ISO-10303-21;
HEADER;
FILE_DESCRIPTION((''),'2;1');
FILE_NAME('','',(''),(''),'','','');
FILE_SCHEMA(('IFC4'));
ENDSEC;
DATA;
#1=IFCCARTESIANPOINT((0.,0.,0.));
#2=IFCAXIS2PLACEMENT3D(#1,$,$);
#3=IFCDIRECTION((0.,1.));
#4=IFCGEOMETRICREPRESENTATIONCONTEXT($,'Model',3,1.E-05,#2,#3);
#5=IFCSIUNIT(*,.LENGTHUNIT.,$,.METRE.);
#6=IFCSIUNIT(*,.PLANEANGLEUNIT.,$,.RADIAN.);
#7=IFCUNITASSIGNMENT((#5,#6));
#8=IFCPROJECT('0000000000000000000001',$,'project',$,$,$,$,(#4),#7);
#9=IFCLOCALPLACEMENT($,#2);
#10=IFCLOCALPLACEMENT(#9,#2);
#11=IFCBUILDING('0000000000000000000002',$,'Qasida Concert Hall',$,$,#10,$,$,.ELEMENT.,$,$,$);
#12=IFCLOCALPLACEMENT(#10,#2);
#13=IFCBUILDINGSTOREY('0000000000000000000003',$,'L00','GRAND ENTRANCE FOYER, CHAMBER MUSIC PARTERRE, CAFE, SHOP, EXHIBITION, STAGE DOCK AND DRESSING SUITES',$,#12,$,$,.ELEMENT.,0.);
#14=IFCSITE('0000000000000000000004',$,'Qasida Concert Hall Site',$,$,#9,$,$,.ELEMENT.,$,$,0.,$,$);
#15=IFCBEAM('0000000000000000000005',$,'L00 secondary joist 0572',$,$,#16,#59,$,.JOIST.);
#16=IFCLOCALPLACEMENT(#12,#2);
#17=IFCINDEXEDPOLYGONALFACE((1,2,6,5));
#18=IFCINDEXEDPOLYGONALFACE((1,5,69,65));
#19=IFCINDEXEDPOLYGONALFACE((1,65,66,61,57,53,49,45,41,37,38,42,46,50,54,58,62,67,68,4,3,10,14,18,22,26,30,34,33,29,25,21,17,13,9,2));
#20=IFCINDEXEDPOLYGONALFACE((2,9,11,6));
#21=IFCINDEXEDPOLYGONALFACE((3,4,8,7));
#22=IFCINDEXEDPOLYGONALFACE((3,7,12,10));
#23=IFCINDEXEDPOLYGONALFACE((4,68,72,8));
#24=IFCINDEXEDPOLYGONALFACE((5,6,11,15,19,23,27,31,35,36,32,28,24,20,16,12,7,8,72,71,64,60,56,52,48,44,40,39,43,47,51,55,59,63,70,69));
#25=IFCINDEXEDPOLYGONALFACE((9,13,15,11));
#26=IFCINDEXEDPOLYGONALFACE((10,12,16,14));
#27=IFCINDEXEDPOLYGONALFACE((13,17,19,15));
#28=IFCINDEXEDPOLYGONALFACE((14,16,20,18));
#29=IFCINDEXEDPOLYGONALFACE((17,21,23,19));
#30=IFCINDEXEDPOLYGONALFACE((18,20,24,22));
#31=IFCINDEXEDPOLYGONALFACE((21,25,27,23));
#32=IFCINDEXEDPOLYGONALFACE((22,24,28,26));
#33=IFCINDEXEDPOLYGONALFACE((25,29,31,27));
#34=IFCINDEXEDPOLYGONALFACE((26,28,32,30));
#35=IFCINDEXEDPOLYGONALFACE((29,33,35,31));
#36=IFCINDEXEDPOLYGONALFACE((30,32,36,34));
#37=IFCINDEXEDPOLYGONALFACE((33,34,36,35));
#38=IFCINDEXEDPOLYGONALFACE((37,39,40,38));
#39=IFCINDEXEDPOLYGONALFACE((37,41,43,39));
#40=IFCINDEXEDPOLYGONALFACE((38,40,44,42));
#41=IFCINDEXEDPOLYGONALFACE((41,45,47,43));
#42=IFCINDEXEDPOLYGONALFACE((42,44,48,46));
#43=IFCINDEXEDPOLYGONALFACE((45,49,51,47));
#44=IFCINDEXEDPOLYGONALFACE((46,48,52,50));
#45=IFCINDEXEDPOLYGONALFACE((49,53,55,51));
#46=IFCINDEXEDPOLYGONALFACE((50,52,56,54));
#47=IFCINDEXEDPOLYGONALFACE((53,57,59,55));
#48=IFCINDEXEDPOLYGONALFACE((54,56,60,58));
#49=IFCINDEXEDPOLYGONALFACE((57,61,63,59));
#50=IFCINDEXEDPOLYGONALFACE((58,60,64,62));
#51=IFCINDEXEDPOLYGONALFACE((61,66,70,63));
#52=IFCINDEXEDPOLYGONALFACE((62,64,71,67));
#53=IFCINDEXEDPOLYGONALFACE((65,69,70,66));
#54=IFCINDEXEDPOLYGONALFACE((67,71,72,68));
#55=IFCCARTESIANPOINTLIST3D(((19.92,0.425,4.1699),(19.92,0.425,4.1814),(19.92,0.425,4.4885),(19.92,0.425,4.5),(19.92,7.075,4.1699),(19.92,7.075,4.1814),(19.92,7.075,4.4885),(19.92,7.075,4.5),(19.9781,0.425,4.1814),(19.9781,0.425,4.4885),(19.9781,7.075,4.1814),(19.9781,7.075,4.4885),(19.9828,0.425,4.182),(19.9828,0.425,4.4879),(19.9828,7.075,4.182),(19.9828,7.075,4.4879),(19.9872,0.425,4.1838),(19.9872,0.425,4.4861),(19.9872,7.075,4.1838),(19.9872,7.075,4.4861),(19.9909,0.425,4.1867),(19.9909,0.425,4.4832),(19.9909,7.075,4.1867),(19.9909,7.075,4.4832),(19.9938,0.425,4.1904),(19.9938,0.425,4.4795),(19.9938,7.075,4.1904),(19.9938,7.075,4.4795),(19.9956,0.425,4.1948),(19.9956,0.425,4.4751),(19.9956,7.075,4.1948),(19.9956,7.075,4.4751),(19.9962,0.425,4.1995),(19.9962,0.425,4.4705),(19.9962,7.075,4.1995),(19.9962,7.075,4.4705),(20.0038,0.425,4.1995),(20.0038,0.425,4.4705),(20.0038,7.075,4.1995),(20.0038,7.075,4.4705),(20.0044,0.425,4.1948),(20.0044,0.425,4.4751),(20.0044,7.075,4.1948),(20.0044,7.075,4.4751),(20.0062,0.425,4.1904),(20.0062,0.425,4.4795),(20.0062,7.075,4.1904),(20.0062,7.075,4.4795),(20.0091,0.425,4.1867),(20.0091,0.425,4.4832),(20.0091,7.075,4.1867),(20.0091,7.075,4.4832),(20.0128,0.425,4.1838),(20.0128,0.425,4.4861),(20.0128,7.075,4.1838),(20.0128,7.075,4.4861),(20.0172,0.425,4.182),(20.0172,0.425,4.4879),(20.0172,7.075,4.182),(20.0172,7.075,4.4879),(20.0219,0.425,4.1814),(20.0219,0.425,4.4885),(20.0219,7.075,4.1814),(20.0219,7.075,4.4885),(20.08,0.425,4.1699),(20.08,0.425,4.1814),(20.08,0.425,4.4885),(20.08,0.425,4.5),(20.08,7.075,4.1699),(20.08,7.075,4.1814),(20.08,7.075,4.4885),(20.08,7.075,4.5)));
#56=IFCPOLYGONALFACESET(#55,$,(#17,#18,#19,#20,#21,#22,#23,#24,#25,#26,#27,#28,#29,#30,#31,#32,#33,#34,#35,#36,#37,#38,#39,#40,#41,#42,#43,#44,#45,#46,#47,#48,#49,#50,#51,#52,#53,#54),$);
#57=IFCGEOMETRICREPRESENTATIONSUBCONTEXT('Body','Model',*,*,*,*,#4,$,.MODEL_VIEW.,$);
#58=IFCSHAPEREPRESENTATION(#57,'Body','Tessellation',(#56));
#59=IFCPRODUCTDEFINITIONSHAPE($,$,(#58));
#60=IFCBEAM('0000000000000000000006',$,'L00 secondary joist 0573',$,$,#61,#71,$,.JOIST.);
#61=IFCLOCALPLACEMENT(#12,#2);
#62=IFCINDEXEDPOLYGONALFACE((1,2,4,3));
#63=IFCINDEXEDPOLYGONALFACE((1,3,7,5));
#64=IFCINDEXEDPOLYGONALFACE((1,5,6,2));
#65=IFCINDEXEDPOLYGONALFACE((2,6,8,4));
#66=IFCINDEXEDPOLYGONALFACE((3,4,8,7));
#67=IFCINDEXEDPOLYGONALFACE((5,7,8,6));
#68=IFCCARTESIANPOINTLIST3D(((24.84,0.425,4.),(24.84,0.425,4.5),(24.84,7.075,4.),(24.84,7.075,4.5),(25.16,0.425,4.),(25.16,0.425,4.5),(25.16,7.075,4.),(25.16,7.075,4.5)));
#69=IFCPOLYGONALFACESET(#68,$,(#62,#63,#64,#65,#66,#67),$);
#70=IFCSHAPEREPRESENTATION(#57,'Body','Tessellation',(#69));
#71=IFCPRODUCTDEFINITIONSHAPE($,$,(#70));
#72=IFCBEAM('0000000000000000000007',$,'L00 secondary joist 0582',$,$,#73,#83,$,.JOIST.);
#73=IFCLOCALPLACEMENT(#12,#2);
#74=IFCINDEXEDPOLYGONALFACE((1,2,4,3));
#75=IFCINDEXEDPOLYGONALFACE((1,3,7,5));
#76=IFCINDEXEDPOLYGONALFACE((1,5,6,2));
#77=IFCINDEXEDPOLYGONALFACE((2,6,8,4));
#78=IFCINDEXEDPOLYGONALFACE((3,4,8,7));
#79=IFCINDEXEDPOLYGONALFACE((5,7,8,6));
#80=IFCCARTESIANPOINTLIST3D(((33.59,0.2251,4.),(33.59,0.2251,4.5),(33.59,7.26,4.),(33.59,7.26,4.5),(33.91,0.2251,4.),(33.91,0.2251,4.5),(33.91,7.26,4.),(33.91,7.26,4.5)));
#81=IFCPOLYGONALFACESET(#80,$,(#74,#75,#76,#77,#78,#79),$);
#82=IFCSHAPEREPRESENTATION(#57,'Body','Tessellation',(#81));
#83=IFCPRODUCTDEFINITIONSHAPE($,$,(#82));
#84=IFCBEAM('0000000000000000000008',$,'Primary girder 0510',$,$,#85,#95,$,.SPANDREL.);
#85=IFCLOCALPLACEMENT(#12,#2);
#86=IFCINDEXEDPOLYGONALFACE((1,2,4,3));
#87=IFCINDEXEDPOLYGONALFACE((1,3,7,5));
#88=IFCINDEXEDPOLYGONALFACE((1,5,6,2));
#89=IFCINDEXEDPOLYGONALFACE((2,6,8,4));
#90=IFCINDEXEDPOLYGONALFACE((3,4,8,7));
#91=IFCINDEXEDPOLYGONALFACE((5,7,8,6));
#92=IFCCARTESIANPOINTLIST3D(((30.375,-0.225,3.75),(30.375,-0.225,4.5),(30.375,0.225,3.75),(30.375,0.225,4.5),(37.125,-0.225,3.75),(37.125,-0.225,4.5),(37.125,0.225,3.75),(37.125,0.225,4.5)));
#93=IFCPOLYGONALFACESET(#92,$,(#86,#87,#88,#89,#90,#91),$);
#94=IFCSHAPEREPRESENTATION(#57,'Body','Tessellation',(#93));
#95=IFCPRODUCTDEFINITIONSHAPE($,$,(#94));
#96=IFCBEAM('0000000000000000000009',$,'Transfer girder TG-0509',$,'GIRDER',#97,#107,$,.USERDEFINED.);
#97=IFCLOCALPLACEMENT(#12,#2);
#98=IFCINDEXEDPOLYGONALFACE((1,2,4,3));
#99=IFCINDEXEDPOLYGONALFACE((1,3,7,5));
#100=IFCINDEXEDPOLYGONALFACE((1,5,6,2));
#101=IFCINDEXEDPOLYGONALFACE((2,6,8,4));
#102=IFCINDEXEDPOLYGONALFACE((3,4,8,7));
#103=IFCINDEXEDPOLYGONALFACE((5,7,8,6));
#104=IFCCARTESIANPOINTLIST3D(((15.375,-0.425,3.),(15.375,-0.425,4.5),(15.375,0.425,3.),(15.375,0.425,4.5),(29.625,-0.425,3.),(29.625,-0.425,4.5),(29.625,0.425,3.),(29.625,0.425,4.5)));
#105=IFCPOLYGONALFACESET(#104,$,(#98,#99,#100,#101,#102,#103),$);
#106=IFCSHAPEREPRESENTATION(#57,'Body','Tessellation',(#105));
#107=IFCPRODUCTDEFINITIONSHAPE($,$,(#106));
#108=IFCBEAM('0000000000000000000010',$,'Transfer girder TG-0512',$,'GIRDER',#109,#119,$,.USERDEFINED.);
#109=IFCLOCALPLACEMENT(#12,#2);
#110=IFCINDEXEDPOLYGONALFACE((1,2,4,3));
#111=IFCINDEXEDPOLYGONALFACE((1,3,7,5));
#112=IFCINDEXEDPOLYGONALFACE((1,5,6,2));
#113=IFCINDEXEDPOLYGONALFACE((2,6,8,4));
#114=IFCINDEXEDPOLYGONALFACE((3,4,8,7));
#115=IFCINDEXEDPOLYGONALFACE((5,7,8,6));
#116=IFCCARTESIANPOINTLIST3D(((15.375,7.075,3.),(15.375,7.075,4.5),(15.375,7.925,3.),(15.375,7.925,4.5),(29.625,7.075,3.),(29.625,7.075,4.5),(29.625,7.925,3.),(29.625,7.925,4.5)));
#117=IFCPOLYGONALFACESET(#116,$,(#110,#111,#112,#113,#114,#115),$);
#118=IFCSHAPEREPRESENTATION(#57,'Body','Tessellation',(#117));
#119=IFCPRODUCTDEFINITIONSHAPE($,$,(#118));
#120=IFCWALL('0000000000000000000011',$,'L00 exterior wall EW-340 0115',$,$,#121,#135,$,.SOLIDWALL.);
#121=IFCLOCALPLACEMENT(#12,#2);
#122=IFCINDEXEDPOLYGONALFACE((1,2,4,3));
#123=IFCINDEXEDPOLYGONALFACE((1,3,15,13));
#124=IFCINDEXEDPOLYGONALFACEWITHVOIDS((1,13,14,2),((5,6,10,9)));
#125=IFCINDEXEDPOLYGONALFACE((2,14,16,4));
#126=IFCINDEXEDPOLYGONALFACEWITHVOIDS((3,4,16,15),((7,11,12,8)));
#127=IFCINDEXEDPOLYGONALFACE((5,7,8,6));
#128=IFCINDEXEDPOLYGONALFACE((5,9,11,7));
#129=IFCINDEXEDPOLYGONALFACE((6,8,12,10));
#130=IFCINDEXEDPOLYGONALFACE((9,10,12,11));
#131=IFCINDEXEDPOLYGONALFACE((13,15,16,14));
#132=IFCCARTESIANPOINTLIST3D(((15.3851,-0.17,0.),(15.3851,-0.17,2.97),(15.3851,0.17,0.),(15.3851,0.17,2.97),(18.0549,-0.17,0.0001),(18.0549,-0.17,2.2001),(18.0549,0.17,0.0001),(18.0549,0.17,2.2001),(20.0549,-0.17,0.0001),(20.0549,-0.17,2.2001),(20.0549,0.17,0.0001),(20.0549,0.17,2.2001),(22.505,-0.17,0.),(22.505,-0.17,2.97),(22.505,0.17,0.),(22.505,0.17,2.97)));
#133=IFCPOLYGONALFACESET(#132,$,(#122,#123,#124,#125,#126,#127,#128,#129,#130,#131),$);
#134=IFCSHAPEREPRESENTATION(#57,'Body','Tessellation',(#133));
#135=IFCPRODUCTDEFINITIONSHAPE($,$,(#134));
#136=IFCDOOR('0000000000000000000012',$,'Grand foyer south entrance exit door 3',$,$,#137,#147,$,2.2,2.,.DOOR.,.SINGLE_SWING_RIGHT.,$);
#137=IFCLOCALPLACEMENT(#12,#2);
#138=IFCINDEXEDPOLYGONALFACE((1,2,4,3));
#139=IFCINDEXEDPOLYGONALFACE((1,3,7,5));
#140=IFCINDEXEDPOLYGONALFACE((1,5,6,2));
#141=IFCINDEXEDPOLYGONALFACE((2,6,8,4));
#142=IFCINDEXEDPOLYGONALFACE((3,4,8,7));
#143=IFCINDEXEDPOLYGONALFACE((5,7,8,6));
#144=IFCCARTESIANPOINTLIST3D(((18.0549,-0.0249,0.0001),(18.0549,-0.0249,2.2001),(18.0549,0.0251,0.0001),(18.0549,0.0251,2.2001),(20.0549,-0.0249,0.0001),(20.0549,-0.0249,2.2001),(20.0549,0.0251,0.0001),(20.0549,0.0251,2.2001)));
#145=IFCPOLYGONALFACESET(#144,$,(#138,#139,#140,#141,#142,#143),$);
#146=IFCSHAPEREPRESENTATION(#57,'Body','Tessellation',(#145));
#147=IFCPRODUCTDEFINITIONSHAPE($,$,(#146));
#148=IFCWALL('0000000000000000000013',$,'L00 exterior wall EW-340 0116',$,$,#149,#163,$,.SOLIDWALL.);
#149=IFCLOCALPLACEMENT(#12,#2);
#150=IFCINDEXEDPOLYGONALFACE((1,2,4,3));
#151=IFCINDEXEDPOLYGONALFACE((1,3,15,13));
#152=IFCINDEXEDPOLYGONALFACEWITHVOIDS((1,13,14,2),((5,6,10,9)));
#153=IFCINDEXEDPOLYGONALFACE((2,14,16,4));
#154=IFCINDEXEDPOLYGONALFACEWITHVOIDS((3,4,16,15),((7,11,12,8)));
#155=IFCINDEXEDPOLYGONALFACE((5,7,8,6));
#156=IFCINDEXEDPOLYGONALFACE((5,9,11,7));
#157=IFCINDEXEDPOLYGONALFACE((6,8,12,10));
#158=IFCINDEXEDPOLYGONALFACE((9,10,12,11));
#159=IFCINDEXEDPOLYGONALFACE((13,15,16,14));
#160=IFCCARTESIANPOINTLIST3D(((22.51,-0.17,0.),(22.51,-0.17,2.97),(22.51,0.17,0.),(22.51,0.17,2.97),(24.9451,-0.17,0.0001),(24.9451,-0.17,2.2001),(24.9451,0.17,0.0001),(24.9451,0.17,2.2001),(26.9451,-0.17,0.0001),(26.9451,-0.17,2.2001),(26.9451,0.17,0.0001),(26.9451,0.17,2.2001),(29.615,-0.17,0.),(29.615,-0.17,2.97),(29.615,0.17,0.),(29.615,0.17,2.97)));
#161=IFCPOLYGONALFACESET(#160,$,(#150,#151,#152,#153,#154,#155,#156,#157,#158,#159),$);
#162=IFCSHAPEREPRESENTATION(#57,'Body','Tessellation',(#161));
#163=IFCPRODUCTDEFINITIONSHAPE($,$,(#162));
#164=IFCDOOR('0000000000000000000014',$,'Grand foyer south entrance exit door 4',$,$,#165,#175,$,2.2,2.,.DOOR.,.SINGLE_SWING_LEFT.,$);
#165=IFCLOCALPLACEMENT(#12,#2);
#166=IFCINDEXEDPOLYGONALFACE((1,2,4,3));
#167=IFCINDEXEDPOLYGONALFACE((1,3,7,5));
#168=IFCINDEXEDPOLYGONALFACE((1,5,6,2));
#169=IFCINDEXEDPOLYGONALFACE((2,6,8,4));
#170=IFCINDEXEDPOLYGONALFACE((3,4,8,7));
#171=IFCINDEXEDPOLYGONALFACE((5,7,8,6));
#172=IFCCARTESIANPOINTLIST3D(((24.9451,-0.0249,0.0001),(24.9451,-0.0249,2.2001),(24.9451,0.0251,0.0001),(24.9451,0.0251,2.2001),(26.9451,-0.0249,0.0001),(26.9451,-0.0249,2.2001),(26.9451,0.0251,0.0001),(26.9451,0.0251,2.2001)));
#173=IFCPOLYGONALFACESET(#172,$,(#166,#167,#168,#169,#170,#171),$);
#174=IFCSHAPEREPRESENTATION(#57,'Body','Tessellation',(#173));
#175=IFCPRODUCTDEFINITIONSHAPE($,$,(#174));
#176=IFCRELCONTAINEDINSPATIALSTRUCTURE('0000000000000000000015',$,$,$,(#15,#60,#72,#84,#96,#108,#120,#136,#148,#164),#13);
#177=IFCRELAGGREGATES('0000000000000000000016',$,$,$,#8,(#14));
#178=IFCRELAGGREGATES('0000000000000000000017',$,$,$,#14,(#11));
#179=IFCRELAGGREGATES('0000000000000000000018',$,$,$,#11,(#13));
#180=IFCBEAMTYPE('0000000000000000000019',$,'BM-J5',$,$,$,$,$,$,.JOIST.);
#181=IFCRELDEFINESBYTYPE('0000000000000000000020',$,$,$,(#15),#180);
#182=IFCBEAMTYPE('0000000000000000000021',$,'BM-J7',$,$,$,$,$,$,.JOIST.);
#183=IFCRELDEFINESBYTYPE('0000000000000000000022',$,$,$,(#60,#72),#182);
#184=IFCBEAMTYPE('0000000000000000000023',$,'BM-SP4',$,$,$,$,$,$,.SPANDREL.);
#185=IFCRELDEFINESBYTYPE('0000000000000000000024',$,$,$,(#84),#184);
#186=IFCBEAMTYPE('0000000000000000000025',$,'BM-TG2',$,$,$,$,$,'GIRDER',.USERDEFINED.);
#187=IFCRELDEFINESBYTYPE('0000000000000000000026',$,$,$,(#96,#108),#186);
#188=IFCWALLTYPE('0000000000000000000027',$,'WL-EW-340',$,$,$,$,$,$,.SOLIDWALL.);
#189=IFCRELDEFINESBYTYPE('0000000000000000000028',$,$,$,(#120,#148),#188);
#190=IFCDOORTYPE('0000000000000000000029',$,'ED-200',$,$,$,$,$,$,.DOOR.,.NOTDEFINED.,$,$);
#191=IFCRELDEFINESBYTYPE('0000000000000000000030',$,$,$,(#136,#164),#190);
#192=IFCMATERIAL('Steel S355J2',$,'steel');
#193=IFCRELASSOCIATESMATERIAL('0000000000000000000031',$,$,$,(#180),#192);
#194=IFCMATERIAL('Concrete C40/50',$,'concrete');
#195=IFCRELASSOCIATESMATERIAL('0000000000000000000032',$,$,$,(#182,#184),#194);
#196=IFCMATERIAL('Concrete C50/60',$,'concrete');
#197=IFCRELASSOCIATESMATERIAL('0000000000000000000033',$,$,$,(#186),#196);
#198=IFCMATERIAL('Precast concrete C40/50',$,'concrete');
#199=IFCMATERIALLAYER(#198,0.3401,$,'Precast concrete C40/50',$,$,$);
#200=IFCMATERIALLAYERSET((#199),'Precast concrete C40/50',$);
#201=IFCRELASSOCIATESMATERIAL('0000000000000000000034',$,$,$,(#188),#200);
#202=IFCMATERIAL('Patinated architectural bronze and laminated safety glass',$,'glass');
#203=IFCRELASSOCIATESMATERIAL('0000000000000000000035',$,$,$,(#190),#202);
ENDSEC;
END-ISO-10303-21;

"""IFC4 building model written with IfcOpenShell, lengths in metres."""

from ifc_helpers import new_model, si_unit, direction, frame, frame_2d, origin, origin_2d, place, context, subcontext, project, spatial, rectangle, i_section, extrude, material, layer, layer_set, material_profile, profile_set, type_object, element, fill, save


model = new_model("IFC4")

# Units and contexts
model_context = context("Model", 3, precision=1e-05, world=origin(), true_north=direction((0.0, 1.0)))
body_context = subcontext(model_context, "Body", "Model", "MODEL_VIEW")
ifc_project = project(units=[si_unit("LENGTHUNIT", "METRE"), si_unit("PLANEANGLEUNIT", "RADIAN")], contexts=[model_context])

# Site, building, storey
site_placement = place(None, origin())
site = spatial("IfcSite", under=ifc_project, at=site_placement, Name="Qasida Concert Hall Site", CompositionType="ELEMENT", RefElevation=0.0)
building_placement = place(site_placement, origin())
building = spatial("IfcBuilding", under=site, at=building_placement, Name="Qasida Concert Hall", CompositionType="ELEMENT")
storey_placement = place(building_placement, origin())
storey = spatial("IfcBuildingStorey", under=building, at=storey_placement, Name="L00", Description="GRAND ENTRANCE FOYER, CHAMBER MUSIC PARTERRE, CAFE, SHOP, EXHIBITION, STAGE DOCK AND DRESSING SUITES", CompositionType="ELEMENT", Elevation=0.0)

# Shared definitions
ifc_material_1 = material(Name="Concrete C50/60", Category="concrete")

# Beams
ifc_material_2 = material(Name="Steel S355J2", Category="steel")
ifc_material_3 = material(Name="Concrete C40/50", Category="concrete")
ifc_material_profile_1 = material_profile(ifc_material_2, i_section(OverallWidth=0.1599, OverallDepth=0.3301, WebThickness=0.0076, FlangeThickness=0.0115, FilletRadius=0.0181, at=origin_2d()), Name="IPE 330")
ifc_profile_set_1 = profile_set([ifc_material_profile_1], Name="Steel S355J2")
beam_type_1 = type_object("IfcBeamType", Name="BM-J5", PredefinedType="JOIST", material=ifc_profile_set_1)
beam_1_placement = place(storey_placement, frame((20.0, 0.425, 4.335), z_axis=(0.0, 1.0, 0.0), x_axis=(-1.0, 0.0, 0.0)))
element("IfcBeam", 1, at=beam_1_placement, inside=storey, type_object=beam_type_1, Name="L00 secondary joist 0572", PredefinedType="JOIST", context=body_context, shape_type="SweptSolid", body=[
    extrude(i_section(OverallWidth=0.1599, OverallDepth=0.3301, WebThickness=0.0076, FlangeThickness=0.0115, FilletRadius=0.0181, at=origin_2d()), origin(), (0.0, 0.0, 1.0), 6.6499),
])
ifc_material_profile_2 = material_profile(ifc_material_3, rectangle(XDim=0.3201, YDim=0.5, at=origin_2d()), Name="RC 320x500")
ifc_profile_set_2 = profile_set([ifc_material_profile_2], Name="Concrete C40/50")
beam_type_2 = type_object("IfcBeamType", Name="BM-J7", PredefinedType="JOIST", material=ifc_profile_set_2)
beam_2_placement = place(storey_placement, frame((25.0, 0.425, 4.25), z_axis=(0.0, 1.0, 0.0), x_axis=(-1.0, 0.0, 0.0)))
element("IfcBeam", 2, at=beam_2_placement, inside=storey, type_object=beam_type_2, Name="L00 secondary joist 0573", PredefinedType="JOIST", context=body_context, shape_type="SweptSolid", body=[
    extrude(rectangle(XDim=0.3201, YDim=0.5, at=origin_2d()), origin(), (0.0, 0.0, 1.0), 6.6499),
])
beam_3_placement = place(storey_placement, frame((33.75, 0.2251, 4.25), z_axis=(0.0, 1.0, 0.0), x_axis=(-1.0, 0.0, 0.0)))
element("IfcBeam", 3, at=beam_3_placement, inside=storey, type_object=beam_type_2, Name="L00 secondary joist 0582", PredefinedType="JOIST", context=body_context, shape_type="SweptSolid", body=[
    extrude(rectangle(XDim=0.3201, YDim=0.5, at=origin_2d()), origin(), (0.0, 0.0, 1.0), 7.0349),
])
ifc_material_profile_3 = material_profile(ifc_material_3, rectangle(XDim=0.45, YDim=0.75, at=origin_2d()), Name="RC 450x750")
ifc_profile_set_3 = profile_set([ifc_material_profile_3], Name="Concrete C40/50")
beam_type_3 = type_object("IfcBeamType", Name="BM-SP4", PredefinedType="SPANDREL", material=ifc_profile_set_3)
beam_4_placement = place(storey_placement, frame((30.375, 0.0, 4.125), z_axis=(1.0, 0.0, 0.0), x_axis=(0.0, 1.0, 0.0)))
element("IfcBeam", 4, at=beam_4_placement, inside=storey, type_object=beam_type_3, Name="Primary girder 0510", PredefinedType="SPANDREL", context=body_context, shape_type="SweptSolid", body=[
    extrude(rectangle(XDim=0.45, YDim=0.75, at=origin_2d()), origin(), (0.0, 0.0, 1.0), 6.75),
])
ifc_material_profile_4 = material_profile(ifc_material_1, rectangle(XDim=0.8501, YDim=1.5, at=origin_2d()), Name="RC 850x1500")
ifc_profile_set_4 = profile_set([ifc_material_profile_4], Name="Concrete C50/60")
beam_type_4 = type_object("IfcBeamType", Name="BM-TG2", ElementType="GIRDER", PredefinedType="USERDEFINED", material=ifc_profile_set_4)
for number, where, z_axis, x_axis, name in (
    (5, (15.375, 0.0, 3.75), (1.0, 0.0, 0.0), (0.0, 1.0, 0.0), "Transfer girder TG-0509"),
    (6, (15.375, 7.5, 3.75), (1.0, 0.0, 0.0), (0.0, 1.0, 0.0), "Transfer girder TG-0512"),
):
    element("IfcBeam", number, at=place(storey_placement, frame(where, z_axis=z_axis, x_axis=x_axis)), inside=storey, type_object=beam_type_4, Name=name, ObjectType="GIRDER", PredefinedType="USERDEFINED", context=body_context, shape_type="SweptSolid", body=[
        extrude(rectangle(XDim=0.8501, YDim=1.5, at=origin_2d()), origin(), (0.0, 0.0, 1.0), 14.25),
    ])

# Walls, openings, doors
ifc_material_4 = material(Name="Precast concrete C40/50", Category="concrete")
ifc_layer_1 = layer(ifc_material_4, 0.3401, Name="Precast concrete C40/50")
ifc_layer_set_1 = layer_set([ifc_layer_1], Name="Precast concrete C40/50")
wall_type_1 = type_object("IfcWallType", Name="WL-EW-340", PredefinedType="SOLIDWALL", material=ifc_layer_set_1)
wall_1_placement = place(storey_placement, frame((15.385, 0.0, 0.0), z_axis=(0.0, 0.0, 1.0), x_axis=(1.0, 0.0, 0.0)))
wall_1 = element("IfcWall", 7, at=wall_1_placement, inside=storey, type_object=wall_type_1, Name="L00 exterior wall EW-340 0115", PredefinedType="SOLIDWALL", context=body_context, shape_type="SweptSolid", body=[
    extrude(rectangle(XDim=7.1199, YDim=0.3401, at=frame_2d((3.5601, 0.0))), origin(), (0.0, 0.0, 1.0), 2.97),
])
opening_1_placement = place(wall_1_placement, frame((2.6699, 0.0, 0.0)))
opening_1 = element("IfcOpeningElement", 8, at=opening_1_placement, cuts=wall_1, PredefinedType="OPENING", context=body_context, shape_type="SweptSolid", body=[
    extrude(rectangle(XDim=2.0, YDim=2.2, at=frame_2d((1.0, 1.1001))), frame((0.0, 0.1799, 0.0), z_axis=(0.0, -1.0, 0.0), x_axis=(1.0, 0.0, 0.0)), (0.0, 0.0, 1.0), 0.3601),
])
ifc_material_5 = material(Name="Patinated architectural bronze and laminated safety glass", Category="glass")
door_type_1 = type_object("IfcDoorType", Name="ED-200", OperationType="NOTDEFINED", PredefinedType="DOOR", material=ifc_material_5)
door_1_placement = place(opening_1_placement, frame((2.0, 0.0, 0.0), z_axis=(0.0, 0.0, 1.0), x_axis=(-1.0, 0.0, 0.0)))
door_1 = element("IfcDoor", 9, at=door_1_placement, inside=storey, type_object=door_type_1, Name="Grand foyer south entrance exit door 3", OperationType="SINGLE_SWING_RIGHT", OverallHeight=2.2, OverallWidth=2.0, PredefinedType="DOOR", context=body_context, shape_type="SweptSolid", body=[
    extrude(rectangle(XDim=2.0, YDim=2.2, at=frame_2d((1.0, 1.1001))), frame((0.0, 0.0249, 0.0), z_axis=(0.0, -1.0, 0.0), x_axis=(1.0, 0.0, 0.0)), (0.0, 0.0, 1.0), 0.05),
])
fill(opening_1, door_1)
wall_2_placement = place(storey_placement, frame((22.51, 0.0, 0.0), z_axis=(0.0, 0.0, 1.0), x_axis=(1.0, 0.0, 0.0)))
wall_2 = element("IfcWall", 10, at=wall_2_placement, inside=storey, type_object=wall_type_1, Name="L00 exterior wall EW-340 0116", PredefinedType="SOLIDWALL", context=body_context, shape_type="SweptSolid", body=[
    extrude(rectangle(XDim=7.105, YDim=0.3401, at=frame_2d((3.5525, 0.0))), origin(), (0.0, 0.0, 1.0), 2.97),
])
opening_2_placement = place(wall_2_placement, frame((2.4351, 0.0, 0.0)))
opening_2 = element("IfcOpeningElement", 11, at=opening_2_placement, cuts=wall_2, PredefinedType="OPENING", context=body_context, shape_type="SweptSolid", body=[
    extrude(rectangle(XDim=2.0, YDim=2.2, at=frame_2d((1.0, 1.1001))), frame((0.0, 0.1799, 0.0), z_axis=(0.0, -1.0, 0.0), x_axis=(1.0, 0.0, 0.0)), (0.0, 0.0, 1.0), 0.3601),
])
door_2_placement = place(opening_2_placement, frame((2.0, 0.0, 0.0), z_axis=(0.0, 0.0, 1.0), x_axis=(-1.0, 0.0, 0.0)))
door_2 = element("IfcDoor", 12, at=door_2_placement, inside=storey, type_object=door_type_1, Name="Grand foyer south entrance exit door 4", OperationType="SINGLE_SWING_LEFT", OverallHeight=2.2, OverallWidth=2.0, PredefinedType="DOOR", context=body_context, shape_type="SweptSolid", body=[
    extrude(rectangle(XDim=2.0, YDim=2.2, at=frame_2d((1.0, 1.1001))), frame((0.0, 0.0249, 0.0), z_axis=(0.0, -1.0, 0.0), x_axis=(1.0, 0.0, 0.0)), (0.0, 0.0, 1.0), 0.05),
])
fill(opening_2, door_2)

save(model, "model.ifc")
